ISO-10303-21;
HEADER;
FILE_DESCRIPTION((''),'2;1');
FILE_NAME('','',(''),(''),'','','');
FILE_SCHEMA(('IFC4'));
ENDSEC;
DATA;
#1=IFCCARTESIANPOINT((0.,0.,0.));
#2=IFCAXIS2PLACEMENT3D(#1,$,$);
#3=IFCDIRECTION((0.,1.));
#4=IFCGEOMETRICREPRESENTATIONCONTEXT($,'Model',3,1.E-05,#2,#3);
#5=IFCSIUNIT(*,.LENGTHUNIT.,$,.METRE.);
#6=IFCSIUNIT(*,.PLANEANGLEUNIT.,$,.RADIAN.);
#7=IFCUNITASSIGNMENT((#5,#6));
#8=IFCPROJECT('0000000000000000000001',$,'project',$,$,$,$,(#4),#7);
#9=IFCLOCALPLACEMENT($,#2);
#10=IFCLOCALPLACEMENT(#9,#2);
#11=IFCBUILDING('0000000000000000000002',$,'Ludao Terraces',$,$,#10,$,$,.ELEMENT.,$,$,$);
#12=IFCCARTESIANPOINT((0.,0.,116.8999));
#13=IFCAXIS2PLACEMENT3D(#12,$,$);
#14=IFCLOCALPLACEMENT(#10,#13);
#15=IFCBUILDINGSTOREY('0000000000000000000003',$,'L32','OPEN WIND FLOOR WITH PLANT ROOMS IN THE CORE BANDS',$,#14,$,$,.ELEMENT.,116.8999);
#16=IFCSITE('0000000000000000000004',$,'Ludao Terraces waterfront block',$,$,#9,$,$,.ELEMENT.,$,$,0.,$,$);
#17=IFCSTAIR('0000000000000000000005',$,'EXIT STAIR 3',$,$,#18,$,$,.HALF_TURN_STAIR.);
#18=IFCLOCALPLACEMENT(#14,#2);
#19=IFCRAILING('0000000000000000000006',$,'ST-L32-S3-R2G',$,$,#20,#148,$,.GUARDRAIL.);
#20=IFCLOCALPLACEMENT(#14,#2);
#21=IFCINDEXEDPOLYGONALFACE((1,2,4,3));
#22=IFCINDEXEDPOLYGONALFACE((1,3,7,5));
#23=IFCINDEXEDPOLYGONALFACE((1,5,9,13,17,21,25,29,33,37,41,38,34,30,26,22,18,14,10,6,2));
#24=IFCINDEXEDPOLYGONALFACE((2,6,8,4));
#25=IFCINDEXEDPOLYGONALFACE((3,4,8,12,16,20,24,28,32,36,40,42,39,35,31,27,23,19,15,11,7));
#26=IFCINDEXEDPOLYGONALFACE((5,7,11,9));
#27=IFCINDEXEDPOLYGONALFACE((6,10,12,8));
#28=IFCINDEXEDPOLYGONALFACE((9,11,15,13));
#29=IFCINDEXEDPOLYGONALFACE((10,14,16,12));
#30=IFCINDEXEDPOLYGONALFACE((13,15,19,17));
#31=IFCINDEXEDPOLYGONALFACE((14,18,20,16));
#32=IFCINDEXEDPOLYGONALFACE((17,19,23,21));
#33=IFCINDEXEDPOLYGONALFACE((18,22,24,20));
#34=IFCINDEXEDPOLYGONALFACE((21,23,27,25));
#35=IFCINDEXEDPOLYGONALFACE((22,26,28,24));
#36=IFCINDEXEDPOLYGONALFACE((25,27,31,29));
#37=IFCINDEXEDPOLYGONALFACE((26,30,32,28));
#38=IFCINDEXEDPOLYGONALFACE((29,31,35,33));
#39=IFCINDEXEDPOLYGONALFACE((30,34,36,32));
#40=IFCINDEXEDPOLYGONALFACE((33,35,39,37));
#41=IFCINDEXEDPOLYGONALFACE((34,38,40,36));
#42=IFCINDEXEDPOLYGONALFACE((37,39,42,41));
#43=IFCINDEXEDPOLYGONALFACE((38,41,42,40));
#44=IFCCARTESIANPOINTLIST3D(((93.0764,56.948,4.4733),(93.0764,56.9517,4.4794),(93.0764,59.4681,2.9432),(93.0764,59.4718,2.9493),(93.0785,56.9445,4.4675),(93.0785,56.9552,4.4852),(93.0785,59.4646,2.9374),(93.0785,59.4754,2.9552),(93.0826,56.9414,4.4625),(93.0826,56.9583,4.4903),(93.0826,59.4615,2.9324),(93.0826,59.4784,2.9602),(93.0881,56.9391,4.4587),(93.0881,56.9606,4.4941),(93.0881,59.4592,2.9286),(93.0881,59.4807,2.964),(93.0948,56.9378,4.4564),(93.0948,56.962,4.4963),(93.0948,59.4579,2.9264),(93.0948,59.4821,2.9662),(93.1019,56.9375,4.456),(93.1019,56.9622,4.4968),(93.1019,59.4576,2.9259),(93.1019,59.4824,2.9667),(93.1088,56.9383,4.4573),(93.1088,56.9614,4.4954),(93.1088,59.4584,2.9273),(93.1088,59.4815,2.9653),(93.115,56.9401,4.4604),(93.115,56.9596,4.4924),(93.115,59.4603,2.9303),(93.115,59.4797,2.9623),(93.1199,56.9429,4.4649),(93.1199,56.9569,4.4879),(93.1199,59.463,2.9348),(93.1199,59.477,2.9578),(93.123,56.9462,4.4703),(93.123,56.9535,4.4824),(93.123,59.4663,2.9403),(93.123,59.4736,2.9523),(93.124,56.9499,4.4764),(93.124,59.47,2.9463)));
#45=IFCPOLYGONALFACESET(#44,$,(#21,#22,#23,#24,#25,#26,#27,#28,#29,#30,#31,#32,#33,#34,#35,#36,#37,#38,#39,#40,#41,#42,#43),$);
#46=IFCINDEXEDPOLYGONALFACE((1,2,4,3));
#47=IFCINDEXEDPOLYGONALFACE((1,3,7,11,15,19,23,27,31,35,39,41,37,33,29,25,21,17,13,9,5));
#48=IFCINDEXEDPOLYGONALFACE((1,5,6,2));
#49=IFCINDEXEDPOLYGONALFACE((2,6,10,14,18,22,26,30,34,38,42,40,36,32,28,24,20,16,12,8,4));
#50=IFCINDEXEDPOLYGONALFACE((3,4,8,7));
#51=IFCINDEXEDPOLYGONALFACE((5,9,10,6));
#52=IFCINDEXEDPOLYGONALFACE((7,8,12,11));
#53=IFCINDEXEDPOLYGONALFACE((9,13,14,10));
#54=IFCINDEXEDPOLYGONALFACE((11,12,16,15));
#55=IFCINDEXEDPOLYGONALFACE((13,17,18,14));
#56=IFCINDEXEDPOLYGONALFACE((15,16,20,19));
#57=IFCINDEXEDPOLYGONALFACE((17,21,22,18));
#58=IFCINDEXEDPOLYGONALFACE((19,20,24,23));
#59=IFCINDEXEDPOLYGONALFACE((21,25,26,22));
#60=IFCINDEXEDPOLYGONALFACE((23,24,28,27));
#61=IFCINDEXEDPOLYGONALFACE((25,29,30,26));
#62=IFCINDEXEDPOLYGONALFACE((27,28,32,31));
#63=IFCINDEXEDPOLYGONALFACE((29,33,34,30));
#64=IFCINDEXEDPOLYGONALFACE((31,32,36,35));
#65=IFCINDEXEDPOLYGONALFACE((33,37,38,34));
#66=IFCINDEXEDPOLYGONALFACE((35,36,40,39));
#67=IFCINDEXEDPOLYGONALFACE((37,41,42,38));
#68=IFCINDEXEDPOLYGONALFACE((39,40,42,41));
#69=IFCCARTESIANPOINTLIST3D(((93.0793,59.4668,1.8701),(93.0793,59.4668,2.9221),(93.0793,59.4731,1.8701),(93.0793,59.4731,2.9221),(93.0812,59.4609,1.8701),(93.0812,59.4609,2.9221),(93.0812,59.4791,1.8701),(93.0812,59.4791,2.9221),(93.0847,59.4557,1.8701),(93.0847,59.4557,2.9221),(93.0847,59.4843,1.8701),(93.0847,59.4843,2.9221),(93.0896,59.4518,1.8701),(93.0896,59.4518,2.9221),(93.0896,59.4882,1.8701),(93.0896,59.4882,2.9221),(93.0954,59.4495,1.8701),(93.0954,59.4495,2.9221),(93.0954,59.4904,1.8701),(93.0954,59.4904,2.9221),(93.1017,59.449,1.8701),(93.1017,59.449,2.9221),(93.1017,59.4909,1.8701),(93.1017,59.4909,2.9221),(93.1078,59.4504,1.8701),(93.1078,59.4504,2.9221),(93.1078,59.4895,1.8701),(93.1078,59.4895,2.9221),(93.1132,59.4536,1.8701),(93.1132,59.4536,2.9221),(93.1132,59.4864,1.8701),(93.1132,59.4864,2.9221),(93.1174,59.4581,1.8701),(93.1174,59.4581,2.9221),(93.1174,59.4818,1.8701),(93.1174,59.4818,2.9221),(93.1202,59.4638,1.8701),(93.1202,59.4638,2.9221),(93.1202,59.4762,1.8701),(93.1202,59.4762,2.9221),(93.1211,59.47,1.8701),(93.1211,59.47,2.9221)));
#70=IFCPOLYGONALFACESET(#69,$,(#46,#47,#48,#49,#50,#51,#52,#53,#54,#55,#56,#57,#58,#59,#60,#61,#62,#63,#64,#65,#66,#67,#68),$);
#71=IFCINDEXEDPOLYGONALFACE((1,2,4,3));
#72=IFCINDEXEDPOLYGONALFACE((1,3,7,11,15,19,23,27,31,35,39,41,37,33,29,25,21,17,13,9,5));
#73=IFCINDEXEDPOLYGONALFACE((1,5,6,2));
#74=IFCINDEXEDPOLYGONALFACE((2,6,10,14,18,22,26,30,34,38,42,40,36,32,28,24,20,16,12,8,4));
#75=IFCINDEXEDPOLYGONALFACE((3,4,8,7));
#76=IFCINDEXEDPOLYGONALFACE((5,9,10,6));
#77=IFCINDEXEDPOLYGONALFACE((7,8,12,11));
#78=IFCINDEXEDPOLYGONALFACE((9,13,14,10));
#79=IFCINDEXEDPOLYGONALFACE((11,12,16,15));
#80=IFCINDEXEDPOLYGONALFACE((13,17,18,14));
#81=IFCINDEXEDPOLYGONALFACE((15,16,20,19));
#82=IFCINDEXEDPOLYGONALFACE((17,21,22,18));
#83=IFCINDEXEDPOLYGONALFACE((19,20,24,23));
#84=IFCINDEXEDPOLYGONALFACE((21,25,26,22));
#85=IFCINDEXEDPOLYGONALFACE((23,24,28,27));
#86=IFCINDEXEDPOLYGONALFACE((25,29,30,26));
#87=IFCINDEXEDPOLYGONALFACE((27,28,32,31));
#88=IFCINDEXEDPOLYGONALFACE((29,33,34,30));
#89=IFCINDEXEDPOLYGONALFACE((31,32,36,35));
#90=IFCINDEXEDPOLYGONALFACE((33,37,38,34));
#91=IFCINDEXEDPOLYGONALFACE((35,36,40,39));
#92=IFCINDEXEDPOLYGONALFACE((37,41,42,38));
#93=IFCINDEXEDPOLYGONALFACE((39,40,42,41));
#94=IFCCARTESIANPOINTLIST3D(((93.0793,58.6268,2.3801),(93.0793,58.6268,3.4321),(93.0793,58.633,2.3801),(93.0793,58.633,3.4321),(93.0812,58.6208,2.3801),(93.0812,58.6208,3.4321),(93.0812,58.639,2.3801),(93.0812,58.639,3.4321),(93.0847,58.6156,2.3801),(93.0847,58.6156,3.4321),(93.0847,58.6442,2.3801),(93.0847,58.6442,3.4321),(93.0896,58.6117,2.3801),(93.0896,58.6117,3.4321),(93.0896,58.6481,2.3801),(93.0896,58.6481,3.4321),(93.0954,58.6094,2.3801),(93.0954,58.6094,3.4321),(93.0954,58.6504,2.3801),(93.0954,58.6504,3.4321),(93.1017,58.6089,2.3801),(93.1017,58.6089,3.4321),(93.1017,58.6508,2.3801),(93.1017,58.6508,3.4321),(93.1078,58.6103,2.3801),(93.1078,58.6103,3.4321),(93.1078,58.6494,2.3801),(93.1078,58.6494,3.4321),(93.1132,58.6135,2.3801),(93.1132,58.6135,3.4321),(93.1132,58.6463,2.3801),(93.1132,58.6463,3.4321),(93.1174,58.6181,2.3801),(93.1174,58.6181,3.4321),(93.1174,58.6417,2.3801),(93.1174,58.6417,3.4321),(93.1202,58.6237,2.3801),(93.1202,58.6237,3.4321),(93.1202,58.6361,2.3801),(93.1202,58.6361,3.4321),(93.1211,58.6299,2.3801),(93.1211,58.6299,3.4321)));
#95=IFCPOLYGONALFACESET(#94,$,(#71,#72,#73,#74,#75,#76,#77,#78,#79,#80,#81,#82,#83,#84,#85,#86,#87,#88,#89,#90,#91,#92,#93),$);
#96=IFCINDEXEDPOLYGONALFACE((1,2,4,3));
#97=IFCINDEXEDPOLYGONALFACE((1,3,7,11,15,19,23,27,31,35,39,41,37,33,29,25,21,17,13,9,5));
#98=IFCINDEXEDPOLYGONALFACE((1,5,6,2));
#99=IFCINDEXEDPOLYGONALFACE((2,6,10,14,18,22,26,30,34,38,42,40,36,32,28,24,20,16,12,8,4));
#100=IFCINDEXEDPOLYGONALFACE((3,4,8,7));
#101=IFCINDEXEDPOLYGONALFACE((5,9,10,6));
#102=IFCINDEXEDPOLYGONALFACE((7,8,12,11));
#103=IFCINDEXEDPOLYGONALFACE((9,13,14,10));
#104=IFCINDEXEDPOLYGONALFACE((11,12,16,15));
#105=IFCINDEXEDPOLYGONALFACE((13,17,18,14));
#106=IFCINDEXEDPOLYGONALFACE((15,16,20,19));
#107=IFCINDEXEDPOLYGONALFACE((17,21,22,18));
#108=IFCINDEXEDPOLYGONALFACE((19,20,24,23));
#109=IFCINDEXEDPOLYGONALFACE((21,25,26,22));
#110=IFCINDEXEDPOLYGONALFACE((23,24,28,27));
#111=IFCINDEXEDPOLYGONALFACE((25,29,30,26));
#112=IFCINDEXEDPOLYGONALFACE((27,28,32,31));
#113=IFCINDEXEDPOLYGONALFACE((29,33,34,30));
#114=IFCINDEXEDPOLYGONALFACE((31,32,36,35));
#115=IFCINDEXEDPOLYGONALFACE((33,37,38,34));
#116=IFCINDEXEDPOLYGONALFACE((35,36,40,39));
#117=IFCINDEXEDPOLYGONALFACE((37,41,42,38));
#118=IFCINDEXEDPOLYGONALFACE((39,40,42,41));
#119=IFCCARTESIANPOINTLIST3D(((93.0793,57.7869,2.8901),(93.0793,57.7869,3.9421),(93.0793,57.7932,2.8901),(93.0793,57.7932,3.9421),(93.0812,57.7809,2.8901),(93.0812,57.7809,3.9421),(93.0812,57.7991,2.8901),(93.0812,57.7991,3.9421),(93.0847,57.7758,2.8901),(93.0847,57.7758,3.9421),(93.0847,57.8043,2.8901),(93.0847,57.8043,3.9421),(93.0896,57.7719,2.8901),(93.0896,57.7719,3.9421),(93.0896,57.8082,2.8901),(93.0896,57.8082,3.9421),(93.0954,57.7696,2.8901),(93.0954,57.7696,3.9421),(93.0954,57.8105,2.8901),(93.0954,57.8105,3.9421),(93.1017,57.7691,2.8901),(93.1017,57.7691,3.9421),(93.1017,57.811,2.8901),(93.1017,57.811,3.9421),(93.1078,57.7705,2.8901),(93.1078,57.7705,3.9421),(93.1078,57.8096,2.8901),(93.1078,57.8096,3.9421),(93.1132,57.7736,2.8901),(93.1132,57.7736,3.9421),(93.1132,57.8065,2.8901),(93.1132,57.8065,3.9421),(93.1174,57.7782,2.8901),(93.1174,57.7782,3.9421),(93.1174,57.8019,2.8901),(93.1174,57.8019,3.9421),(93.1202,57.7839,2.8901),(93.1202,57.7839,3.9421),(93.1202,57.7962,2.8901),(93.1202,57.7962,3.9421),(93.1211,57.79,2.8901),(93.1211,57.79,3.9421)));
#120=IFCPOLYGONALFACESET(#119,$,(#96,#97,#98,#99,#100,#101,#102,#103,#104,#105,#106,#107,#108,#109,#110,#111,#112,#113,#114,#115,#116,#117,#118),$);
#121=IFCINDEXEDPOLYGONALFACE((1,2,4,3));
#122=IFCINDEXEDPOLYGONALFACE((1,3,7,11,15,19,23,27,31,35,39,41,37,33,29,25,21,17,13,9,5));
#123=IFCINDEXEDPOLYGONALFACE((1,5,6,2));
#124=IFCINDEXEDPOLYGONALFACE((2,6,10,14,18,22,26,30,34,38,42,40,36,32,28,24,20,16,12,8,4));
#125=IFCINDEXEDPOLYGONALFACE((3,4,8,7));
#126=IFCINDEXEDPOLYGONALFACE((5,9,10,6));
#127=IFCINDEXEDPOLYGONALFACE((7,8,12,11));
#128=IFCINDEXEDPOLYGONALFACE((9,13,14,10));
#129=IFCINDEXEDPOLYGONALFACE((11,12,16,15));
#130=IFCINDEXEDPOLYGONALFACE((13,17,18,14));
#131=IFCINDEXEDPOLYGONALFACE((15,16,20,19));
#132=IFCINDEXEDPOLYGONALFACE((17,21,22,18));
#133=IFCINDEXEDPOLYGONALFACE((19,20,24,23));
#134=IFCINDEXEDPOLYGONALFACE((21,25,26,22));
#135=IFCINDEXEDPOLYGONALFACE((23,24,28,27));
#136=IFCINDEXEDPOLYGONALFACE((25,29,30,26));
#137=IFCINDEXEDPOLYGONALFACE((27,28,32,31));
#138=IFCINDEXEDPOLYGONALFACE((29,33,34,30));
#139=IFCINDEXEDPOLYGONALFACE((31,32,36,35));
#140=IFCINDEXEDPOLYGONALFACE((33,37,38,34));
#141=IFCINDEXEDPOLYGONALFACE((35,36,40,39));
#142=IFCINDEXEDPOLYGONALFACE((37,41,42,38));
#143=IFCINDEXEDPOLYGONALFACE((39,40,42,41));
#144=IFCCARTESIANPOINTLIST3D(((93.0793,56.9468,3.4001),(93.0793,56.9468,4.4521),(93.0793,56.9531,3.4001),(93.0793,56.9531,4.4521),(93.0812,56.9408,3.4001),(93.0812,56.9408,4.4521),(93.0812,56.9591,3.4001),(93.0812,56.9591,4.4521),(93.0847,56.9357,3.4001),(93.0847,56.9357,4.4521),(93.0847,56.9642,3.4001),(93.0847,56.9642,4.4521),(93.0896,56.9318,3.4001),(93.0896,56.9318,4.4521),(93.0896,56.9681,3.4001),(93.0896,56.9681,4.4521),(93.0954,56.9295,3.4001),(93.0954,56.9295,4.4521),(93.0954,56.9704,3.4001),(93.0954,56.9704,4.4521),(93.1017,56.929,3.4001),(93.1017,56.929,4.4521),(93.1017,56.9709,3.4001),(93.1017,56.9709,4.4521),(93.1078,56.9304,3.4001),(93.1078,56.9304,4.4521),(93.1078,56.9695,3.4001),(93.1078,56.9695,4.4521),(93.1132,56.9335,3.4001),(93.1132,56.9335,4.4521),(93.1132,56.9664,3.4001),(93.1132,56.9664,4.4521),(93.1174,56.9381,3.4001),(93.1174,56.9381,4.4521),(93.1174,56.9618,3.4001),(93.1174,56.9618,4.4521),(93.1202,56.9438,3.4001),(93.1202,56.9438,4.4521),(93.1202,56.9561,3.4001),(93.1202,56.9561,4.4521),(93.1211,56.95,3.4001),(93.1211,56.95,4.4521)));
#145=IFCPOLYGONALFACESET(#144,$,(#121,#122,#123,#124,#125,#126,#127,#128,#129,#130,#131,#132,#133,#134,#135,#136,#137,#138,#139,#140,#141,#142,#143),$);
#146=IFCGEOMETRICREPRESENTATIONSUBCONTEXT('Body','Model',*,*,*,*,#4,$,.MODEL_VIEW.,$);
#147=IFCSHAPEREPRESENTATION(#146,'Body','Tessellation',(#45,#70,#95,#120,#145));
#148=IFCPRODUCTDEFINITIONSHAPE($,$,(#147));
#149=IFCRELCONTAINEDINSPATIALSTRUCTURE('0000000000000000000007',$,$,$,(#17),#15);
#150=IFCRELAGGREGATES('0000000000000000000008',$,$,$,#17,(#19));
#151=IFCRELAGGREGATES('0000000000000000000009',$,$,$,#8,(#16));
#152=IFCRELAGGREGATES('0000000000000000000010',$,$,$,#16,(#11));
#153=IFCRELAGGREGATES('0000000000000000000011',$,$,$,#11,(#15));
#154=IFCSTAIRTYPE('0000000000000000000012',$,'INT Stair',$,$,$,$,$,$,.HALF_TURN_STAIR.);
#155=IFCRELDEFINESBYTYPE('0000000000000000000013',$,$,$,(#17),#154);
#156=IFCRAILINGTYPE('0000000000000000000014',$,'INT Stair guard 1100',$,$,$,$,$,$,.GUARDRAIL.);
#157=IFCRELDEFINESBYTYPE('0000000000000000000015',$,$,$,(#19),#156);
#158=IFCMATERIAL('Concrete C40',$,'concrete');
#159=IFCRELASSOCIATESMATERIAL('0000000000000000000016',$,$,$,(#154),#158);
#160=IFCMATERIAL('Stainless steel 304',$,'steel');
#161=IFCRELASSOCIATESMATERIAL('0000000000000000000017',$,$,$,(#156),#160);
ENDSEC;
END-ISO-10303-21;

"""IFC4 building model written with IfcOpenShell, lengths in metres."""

from ifc_helpers import new_model, si_unit, direction, frame, origin, origin_2d, place, context, subcontext, project, spatial, circle, extrude, material, type_object, element, aggregate, save


model = new_model("IFC4")

# Units and contexts
model_context = context("Model", 3, precision=1e-05, world=origin(), true_north=direction((0.0, 1.0)))
body_context = subcontext(model_context, "Body", "Model", "MODEL_VIEW")
ifc_project = project(units=[si_unit("LENGTHUNIT", "METRE"), si_unit("PLANEANGLEUNIT", "RADIAN")], contexts=[model_context])

# Site, building, storey
site_placement = place(None, origin())
site = spatial("IfcSite", under=ifc_project, at=site_placement, Name="Ludao Terraces waterfront block", CompositionType="ELEMENT", RefElevation=0.0)
building_placement = place(site_placement, origin())
building = spatial("IfcBuilding", under=site, at=building_placement, Name="Ludao Terraces", CompositionType="ELEMENT")
storey_placement = place(building_placement, frame((0.0, 0.0, 116.8999)))
storey = spatial("IfcBuildingStorey", under=building, at=storey_placement, Name="L32", Description="OPEN WIND FLOOR WITH PLANT ROOMS IN THE CORE BANDS", CompositionType="ELEMENT", Elevation=116.8999)

# Stair, railing
ifc_material_1 = material(Name="Concrete C40", Category="concrete")
stair_type = type_object("IfcStairType", Name="INT Stair", PredefinedType="HALF_TURN_STAIR", material=ifc_material_1)
stair_placement = place(storey_placement, origin())
stair = element("IfcStair", 1, at=stair_placement, inside=storey, type_object=stair_type, Name="EXIT STAIR 3", PredefinedType="HALF_TURN_STAIR")
ifc_material_2 = material(Name="Stainless steel 304", Category="steel")
railing_type_1 = type_object("IfcRailingType", Name="INT Stair guard 1100", PredefinedType="GUARDRAIL", material=ifc_material_2)
railing_1_placement = place(storey_placement, frame((93.1001, 59.47, 1.8701)))
railing_1 = element("IfcRailing", 2, at=railing_1_placement, type_object=railing_type_1, Name="ST-L32-S3-R2G", PredefinedType="GUARDRAIL", context=body_context, shape_type="SweptSolid", body=[
    extrude(circle(Radius=0.0239, at=origin_2d()), frame((0.0, 0.0, 1.0762), z_axis=(0.0, -0.854785, 0.518982), x_axis=(1.0, 0.0, 0.0)), (0.0, 0.0, 1.0), 2.9482),
    extrude(circle(Radius=0.021, at=origin_2d()), origin(), (0.0, 0.0, 1.0), 1.052),
    extrude(circle(Radius=0.021, at=origin_2d()), frame((0.0, -0.8401, 0.51)), (0.0, 0.0, 1.0), 1.052),
    extrude(circle(Radius=0.021, at=origin_2d()), frame((0.0, -1.6799, 1.02)), (0.0, 0.0, 1.0), 1.052),
    extrude(circle(Radius=0.021, at=origin_2d()), frame((0.0, -2.52, 1.53)), (0.0, 0.0, 1.0), 1.052),
])
aggregate(stair, [railing_1])

save(model, "model.ifc")
